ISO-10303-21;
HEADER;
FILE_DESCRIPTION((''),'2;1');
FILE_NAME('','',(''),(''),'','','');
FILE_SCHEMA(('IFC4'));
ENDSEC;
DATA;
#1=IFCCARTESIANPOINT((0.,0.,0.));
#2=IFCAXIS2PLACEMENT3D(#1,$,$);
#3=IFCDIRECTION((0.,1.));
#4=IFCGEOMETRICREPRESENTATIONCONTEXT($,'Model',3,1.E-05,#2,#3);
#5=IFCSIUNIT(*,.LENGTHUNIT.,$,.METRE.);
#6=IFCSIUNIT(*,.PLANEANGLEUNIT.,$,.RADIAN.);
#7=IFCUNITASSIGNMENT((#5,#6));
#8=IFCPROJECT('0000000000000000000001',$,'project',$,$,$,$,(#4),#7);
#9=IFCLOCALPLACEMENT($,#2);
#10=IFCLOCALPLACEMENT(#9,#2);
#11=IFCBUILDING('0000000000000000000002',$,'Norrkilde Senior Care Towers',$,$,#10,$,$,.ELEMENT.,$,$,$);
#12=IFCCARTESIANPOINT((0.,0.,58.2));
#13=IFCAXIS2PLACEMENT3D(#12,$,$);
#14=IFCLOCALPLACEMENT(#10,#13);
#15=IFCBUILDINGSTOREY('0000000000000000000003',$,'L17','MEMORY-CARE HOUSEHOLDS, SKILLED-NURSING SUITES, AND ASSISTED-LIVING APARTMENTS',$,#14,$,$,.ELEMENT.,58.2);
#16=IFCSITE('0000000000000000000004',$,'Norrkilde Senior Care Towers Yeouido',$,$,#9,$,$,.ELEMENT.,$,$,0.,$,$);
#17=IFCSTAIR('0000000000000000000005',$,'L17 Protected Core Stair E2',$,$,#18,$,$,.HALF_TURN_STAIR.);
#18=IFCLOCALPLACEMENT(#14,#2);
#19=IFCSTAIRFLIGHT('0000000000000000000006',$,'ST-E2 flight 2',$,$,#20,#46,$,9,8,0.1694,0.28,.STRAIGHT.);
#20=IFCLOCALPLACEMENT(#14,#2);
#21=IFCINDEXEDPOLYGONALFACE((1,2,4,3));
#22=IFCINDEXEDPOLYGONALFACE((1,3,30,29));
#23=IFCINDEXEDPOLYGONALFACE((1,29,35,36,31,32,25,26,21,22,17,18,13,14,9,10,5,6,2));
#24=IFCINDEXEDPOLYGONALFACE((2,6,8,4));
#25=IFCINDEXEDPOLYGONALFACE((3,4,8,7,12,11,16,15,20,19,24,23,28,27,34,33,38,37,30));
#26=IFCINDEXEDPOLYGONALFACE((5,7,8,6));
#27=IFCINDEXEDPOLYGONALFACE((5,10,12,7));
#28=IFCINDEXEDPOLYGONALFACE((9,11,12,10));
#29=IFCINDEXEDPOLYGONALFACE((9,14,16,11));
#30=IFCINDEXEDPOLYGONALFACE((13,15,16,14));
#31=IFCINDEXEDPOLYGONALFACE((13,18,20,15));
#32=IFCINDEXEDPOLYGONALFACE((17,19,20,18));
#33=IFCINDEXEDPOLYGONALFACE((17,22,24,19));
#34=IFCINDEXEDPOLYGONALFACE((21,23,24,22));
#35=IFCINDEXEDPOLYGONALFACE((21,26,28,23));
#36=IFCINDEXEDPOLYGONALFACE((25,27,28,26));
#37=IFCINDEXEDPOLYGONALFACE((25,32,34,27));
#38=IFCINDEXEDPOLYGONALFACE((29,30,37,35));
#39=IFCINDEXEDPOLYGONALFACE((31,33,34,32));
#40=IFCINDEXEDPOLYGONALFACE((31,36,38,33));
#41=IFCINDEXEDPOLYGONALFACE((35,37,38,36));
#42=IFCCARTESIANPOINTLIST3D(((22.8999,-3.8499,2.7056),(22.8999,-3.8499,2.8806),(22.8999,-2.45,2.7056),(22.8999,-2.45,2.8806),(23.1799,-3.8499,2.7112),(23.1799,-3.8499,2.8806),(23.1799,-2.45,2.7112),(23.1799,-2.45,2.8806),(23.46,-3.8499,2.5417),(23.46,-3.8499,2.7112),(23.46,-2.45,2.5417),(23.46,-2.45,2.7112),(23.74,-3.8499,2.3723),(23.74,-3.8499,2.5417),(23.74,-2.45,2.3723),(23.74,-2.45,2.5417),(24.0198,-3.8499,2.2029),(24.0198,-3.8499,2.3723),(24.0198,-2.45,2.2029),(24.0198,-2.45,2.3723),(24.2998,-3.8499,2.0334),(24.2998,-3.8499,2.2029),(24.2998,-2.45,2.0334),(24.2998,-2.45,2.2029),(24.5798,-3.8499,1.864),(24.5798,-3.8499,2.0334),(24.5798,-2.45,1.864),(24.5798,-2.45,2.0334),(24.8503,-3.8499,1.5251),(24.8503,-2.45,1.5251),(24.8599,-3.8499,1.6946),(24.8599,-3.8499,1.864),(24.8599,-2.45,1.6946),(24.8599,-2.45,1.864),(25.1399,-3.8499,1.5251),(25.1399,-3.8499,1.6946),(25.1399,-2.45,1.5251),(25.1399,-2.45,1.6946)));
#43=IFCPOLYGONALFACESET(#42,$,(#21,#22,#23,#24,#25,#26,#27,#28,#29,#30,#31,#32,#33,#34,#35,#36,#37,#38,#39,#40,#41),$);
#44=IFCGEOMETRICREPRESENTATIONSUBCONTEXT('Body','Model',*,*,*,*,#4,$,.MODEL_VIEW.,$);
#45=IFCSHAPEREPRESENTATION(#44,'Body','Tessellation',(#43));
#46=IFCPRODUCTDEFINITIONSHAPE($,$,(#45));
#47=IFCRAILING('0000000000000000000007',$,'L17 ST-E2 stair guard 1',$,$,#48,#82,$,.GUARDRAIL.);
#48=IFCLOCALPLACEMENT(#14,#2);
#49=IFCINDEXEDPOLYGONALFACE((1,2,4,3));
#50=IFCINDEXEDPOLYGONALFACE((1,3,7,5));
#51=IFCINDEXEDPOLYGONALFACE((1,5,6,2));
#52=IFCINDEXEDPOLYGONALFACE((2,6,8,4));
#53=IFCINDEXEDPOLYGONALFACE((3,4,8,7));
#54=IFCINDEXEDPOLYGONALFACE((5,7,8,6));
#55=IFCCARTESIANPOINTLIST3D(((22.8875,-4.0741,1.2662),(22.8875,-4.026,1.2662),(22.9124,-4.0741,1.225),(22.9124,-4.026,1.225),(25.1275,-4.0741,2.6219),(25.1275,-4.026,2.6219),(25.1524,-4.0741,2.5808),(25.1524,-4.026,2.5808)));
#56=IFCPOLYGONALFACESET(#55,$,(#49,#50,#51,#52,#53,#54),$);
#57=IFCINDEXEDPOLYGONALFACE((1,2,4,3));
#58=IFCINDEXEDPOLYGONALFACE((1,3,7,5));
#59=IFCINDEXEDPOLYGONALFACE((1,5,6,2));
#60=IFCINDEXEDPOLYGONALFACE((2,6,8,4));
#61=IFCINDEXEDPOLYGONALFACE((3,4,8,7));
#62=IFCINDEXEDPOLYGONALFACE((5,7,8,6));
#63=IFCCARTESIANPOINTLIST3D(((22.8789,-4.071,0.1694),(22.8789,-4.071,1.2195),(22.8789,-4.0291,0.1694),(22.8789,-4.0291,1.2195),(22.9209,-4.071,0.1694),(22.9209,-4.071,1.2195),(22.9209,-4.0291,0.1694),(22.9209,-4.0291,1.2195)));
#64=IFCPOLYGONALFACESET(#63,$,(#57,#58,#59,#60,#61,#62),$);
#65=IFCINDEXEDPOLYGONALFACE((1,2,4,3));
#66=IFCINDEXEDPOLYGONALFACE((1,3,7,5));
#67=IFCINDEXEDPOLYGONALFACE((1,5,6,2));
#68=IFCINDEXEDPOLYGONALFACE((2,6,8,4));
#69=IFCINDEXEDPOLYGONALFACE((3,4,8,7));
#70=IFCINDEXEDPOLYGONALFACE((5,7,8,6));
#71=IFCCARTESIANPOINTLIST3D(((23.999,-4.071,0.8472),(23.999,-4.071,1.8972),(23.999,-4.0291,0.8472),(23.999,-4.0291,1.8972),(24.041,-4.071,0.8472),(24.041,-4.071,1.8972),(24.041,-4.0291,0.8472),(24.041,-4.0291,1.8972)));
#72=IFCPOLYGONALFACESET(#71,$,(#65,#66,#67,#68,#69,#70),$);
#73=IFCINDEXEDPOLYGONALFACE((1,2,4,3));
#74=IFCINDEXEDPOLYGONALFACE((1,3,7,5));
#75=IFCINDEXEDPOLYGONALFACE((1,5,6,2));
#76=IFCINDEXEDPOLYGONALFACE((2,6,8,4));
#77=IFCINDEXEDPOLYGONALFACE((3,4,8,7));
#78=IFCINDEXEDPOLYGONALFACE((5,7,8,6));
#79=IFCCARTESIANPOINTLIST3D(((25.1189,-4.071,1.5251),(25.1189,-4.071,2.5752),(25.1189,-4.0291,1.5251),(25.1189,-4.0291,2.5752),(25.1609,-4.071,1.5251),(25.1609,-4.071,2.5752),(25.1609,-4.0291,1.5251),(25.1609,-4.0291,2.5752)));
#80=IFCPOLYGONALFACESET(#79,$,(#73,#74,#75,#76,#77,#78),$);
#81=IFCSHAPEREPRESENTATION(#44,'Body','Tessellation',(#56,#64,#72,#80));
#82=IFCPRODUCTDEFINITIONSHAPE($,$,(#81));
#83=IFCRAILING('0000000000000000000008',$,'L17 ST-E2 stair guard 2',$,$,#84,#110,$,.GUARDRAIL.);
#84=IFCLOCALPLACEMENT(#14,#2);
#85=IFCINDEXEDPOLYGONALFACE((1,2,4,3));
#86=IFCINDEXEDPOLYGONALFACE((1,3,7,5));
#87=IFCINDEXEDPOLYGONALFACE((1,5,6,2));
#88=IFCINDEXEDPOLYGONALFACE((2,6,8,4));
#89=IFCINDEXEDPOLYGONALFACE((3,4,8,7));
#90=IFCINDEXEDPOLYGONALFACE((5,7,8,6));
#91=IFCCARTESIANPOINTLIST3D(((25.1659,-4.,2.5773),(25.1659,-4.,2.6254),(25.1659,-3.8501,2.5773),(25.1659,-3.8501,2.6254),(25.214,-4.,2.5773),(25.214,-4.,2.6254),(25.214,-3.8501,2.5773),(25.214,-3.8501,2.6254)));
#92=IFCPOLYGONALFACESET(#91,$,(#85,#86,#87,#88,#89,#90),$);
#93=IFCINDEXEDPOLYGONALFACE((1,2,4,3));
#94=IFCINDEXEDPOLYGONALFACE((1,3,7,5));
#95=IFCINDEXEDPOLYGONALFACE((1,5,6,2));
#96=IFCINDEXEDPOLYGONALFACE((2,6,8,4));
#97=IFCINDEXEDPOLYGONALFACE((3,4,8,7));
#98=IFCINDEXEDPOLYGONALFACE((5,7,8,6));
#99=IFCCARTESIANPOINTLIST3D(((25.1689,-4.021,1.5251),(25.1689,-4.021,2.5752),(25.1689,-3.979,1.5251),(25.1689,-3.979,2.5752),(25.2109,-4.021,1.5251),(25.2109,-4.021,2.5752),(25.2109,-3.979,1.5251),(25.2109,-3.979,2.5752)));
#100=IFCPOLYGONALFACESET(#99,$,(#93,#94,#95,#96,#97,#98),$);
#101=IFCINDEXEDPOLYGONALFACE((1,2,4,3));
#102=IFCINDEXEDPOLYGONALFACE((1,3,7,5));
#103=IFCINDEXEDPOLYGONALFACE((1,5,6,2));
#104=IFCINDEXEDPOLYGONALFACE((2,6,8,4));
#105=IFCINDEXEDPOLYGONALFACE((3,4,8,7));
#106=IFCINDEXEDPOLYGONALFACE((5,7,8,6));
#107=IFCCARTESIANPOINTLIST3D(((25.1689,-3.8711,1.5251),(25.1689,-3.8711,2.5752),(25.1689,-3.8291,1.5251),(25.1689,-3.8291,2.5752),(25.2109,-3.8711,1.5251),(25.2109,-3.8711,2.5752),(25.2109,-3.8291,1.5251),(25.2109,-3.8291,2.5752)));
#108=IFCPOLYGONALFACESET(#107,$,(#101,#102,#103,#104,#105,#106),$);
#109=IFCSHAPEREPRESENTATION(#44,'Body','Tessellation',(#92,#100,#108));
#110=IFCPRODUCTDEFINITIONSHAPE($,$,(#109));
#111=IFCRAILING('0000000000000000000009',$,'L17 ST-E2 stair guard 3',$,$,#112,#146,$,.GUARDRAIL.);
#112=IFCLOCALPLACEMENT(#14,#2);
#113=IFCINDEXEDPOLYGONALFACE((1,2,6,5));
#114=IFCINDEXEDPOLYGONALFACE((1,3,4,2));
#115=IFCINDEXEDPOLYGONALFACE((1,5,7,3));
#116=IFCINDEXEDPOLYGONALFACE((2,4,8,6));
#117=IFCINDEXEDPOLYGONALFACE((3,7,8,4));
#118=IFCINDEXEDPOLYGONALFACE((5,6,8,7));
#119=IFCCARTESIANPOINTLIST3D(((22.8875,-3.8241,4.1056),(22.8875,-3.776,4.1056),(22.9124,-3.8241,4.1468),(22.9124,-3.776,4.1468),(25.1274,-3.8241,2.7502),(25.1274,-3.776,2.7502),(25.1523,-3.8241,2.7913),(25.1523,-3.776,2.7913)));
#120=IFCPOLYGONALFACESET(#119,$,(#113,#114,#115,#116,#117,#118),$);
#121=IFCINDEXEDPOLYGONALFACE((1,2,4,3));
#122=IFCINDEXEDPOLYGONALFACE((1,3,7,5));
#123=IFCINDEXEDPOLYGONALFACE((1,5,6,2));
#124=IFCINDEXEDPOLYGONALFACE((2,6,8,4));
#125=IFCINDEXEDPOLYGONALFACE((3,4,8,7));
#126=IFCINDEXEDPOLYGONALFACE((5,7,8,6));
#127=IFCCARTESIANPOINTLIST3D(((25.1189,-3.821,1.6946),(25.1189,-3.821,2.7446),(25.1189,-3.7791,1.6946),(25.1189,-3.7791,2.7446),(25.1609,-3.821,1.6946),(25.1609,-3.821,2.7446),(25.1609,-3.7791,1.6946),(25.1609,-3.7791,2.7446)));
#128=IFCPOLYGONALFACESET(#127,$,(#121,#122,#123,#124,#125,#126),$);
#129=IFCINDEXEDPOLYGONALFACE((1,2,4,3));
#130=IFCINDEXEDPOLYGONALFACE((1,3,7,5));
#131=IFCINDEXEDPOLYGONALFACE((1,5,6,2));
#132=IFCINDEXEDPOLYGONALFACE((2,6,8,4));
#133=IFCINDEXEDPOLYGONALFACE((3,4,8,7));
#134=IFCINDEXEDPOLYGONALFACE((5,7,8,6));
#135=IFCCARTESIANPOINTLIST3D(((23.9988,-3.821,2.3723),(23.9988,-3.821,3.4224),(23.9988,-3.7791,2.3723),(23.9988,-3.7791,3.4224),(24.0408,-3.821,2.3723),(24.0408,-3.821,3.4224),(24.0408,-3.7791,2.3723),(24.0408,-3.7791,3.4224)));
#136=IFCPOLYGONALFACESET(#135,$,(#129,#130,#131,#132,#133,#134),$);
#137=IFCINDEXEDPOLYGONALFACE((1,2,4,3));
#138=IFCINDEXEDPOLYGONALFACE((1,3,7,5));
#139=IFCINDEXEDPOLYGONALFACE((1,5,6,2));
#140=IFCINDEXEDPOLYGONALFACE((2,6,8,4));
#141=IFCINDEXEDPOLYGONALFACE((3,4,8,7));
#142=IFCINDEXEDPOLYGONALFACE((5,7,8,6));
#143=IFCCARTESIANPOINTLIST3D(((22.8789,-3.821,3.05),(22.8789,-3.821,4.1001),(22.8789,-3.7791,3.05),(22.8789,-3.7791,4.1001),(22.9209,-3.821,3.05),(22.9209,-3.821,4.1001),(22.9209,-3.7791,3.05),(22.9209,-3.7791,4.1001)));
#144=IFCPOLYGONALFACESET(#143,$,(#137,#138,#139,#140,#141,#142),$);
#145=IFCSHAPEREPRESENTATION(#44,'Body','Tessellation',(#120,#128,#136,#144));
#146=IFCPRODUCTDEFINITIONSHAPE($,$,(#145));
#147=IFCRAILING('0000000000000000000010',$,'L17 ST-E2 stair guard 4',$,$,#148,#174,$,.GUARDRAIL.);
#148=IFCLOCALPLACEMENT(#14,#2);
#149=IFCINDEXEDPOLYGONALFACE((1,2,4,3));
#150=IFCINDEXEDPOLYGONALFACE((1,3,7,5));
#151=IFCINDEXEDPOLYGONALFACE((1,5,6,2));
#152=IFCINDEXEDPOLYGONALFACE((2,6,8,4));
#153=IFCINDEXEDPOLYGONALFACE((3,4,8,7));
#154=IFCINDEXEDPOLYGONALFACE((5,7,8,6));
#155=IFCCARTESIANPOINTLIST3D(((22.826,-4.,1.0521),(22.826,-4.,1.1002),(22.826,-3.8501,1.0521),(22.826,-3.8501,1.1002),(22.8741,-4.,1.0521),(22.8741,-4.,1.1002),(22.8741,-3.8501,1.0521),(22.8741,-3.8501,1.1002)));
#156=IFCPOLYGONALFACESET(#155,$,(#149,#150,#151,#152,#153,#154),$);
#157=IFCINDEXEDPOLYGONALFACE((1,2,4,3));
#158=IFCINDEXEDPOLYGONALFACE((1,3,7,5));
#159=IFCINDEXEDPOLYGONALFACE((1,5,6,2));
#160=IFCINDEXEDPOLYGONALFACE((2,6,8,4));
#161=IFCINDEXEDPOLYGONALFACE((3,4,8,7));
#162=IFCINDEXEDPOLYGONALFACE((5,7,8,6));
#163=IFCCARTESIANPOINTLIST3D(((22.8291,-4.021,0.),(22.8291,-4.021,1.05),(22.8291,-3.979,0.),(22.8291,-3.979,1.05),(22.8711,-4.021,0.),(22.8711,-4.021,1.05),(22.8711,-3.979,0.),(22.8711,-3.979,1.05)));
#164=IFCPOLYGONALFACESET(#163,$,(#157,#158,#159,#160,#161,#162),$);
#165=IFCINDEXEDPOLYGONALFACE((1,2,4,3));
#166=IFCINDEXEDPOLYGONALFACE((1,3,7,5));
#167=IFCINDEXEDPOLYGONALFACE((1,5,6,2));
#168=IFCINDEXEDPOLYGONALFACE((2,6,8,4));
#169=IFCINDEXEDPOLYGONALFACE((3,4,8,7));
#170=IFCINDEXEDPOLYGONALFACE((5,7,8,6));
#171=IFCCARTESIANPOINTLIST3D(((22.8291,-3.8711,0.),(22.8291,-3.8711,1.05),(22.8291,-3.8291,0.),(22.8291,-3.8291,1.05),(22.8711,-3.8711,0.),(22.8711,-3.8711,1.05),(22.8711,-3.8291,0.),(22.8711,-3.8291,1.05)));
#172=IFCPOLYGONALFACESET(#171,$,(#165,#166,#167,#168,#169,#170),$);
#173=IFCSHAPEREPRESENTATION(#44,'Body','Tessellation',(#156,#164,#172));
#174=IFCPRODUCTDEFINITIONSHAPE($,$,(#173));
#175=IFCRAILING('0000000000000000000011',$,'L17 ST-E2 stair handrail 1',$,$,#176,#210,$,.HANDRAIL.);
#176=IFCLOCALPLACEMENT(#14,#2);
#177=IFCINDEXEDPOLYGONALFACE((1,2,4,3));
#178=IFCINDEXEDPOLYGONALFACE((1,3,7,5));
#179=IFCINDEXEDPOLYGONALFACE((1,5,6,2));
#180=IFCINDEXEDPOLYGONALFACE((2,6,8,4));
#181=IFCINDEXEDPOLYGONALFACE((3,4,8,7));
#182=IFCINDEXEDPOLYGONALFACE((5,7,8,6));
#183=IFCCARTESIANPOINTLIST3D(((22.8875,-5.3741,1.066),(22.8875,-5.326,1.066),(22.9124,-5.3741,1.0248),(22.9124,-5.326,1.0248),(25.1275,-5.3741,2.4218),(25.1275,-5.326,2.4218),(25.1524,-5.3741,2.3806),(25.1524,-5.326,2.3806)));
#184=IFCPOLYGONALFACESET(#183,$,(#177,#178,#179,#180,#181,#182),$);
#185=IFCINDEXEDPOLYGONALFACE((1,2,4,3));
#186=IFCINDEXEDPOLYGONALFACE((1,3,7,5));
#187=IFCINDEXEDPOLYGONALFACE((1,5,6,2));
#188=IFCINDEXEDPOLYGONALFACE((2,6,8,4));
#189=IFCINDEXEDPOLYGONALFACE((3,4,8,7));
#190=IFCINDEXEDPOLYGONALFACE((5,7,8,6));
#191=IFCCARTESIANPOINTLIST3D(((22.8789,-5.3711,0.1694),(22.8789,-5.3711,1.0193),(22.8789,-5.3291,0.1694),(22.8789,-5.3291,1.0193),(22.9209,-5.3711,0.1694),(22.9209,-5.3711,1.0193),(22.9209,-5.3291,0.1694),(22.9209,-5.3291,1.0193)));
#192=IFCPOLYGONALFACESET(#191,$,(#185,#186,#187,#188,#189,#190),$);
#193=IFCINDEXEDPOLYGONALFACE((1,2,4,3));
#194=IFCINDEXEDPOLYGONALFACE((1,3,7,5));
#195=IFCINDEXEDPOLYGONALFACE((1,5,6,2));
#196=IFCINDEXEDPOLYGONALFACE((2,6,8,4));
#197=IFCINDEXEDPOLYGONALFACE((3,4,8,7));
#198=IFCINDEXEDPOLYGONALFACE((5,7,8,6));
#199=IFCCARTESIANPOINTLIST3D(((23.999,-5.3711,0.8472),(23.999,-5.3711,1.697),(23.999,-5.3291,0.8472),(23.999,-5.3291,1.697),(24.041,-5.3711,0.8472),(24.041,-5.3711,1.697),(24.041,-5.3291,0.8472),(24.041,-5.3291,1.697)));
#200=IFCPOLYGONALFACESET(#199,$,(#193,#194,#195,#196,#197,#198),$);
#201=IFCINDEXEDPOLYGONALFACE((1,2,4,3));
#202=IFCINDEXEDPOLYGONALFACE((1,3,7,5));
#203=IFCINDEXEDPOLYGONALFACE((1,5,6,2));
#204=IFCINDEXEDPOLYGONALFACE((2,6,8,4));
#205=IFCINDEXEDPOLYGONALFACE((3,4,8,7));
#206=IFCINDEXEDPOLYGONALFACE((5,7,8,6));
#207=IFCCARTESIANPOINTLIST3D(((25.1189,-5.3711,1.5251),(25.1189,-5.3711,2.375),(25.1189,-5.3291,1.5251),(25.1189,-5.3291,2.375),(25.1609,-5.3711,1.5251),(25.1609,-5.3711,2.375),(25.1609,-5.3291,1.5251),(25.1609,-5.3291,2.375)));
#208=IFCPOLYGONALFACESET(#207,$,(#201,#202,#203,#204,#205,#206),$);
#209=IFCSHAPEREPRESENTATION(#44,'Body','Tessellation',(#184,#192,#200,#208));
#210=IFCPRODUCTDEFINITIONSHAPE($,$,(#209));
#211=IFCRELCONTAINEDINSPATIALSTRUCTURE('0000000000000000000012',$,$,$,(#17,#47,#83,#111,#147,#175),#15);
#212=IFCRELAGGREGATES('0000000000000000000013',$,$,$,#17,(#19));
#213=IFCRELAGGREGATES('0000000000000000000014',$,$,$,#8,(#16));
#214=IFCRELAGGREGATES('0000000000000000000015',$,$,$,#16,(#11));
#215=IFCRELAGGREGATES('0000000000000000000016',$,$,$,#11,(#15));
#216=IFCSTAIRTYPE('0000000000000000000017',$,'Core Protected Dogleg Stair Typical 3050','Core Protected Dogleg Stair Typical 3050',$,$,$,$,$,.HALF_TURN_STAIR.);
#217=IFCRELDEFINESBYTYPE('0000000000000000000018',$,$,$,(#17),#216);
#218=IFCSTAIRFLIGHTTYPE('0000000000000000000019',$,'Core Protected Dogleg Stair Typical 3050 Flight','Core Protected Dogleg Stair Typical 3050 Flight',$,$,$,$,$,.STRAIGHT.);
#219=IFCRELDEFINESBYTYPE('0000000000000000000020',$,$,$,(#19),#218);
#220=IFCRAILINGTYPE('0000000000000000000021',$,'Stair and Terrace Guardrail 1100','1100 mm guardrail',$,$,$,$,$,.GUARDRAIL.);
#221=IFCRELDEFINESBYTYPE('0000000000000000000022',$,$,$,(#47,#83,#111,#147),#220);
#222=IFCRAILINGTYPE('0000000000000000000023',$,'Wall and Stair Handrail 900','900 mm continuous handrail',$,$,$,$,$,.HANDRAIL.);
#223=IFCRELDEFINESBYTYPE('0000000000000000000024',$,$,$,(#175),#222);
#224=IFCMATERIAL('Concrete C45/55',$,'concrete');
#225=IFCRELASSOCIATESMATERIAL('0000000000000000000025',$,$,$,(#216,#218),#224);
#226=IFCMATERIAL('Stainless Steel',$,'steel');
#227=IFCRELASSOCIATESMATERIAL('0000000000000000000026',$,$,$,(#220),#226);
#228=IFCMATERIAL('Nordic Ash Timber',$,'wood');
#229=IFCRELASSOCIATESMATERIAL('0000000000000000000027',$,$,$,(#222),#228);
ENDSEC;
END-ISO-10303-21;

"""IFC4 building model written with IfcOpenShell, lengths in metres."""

from ifc_helpers import new_model, si_unit, direction, frame, origin, origin_2d, place, context, subcontext, project, spatial, polyline, rectangle, outline, extrude, material, type_object, element, aggregate, save


model = new_model("IFC4")

# Units and contexts
model_context = context("Model", 3, precision=1e-05, world=origin(), true_north=direction((0.0, 1.0)))
body_context = subcontext(model_context, "Body", "Model", "MODEL_VIEW")
ifc_project = project(units=[si_unit("LENGTHUNIT", "METRE"), si_unit("PLANEANGLEUNIT", "RADIAN")], contexts=[model_context])

# Site, building, storey
site_placement = place(None, origin())
site = spatial("IfcSite", under=ifc_project, at=site_placement, Name="Norrkilde Senior Care Towers Yeouido", CompositionType="ELEMENT", RefElevation=0.0)
building_placement = place(site_placement, origin())
building = spatial("IfcBuilding", under=site, at=building_placement, Name="Norrkilde Senior Care Towers", CompositionType="ELEMENT")
storey_placement = place(building_placement, frame((0.0, 0.0, 58.2)))
storey = spatial("IfcBuildingStorey", under=building, at=storey_placement, Name="L17", Description="MEMORY-CARE HOUSEHOLDS, SKILLED-NURSING SUITES, AND ASSISTED-LIVING APARTMENTS", CompositionType="ELEMENT", Elevation=58.2)

# Shared definitions
ifc_material_1 = material(Name="Concrete C45/55", Category="concrete")

# Shared definitions
ifc_material_2 = material(Name="Stainless Steel", Category="steel")

# Shared definitions
ifc_material_3 = material(Name="Nordic Ash Timber", Category="wood")

# Stair, stair flight
stair_type = type_object("IfcStairType", Name="Core Protected Dogleg Stair Typical 3050", Description="Core Protected Dogleg Stair Typical 3050", PredefinedType="HALF_TURN_STAIR", material=ifc_material_1)
stair_placement = place(storey_placement, origin())
stair = element("IfcStair", 1, at=stair_placement, inside=storey, type_object=stair_type, Name="L17 Protected Core Stair E2", PredefinedType="HALF_TURN_STAIR")
stair_flight_type = type_object("IfcStairFlightType", Name="Core Protected Dogleg Stair Typical 3050 Flight", Description="Core Protected Dogleg Stair Typical 3050 Flight", PredefinedType="STRAIGHT", material=ifc_material_1)
stair_flight_1_placement = place(storey_placement, frame((25.1399, -3.1499, 1.5251), z_axis=(0.0, 0.0, 1.0), x_axis=(-1.0, 0.0, 0.0)))
stair_flight_1 = element("IfcStairFlight", 2, at=stair_flight_1_placement, type_object=stair_flight_type, Name="ST-E2 flight 2", NumberOfRisers=9, NumberOfTreads=8, PredefinedType="STRAIGHT", RiserHeight=0.1694, TreadLength=0.28, context=body_context, shape_type="SweptSolid", body=[
    extrude(outline(polyline([(0.0, 0.0), (0.0, 0.1694), (0.28, 0.1694), (0.28, 0.3389), (0.5601, 0.3389), (0.5601, 0.5083), (0.8401, 0.5083), (0.8401, 0.6777), (1.1201, 0.6777), (1.1201, 0.8472), (1.3999, 0.8472), (1.3999, 1.0166), (1.6799, 1.0166), (1.6799, 1.186), (1.96, 1.186), (1.96, 1.3555), (2.24, 1.3555), (2.24, 1.5249), (2.24, 1.1804), (0.2896, 0.0), (0.0, 0.0)])), frame((0.0, 0.7, 0.0), z_axis=(0.0, -1.0, 0.0), x_axis=(1.0, 0.0, 0.0)), (0.0, 0.0, 1.0), 1.3999),
])
aggregate(stair, [stair_flight_1])

# Railings
railing_type_1 = type_object("IfcRailingType", Name="Stair and Terrace Guardrail 1100", Description="1100 mm guardrail", PredefinedType="GUARDRAIL", material=ifc_material_2)
railing_1_placement = place(storey_placement, frame((22.8999, -4.05, 0.1694)))
element("IfcRailing", 3, at=railing_1_placement, inside=storey, type_object=railing_type_1, Name="L17 ST-E2 stair guard 1", PredefinedType="GUARDRAIL", context=body_context, shape_type="SweptSolid", body=[
    extrude(rectangle(XDim=0.0481, YDim=0.0481, at=origin_2d()), frame((0.0, 0.0, 1.0762), z_axis=(0.855512, 0.0, 0.517783), x_axis=(0.0, 1.0, 0.0)), (0.0, 0.0, 1.0), 2.6184),
    extrude(rectangle(XDim=0.042, YDim=0.042, at=origin_2d()), origin(), (0.0, 0.0, 1.0), 1.05),
    extrude(rectangle(XDim=0.042, YDim=0.042, at=origin_2d()), frame((1.1201, 0.0, 0.6777)), (0.0, 0.0, 1.0), 1.05),
    extrude(rectangle(XDim=0.042, YDim=0.042, at=origin_2d()), frame((2.24, 0.0, 1.3557)), (0.0, 0.0, 1.0), 1.05),
])
railing_2_placement = place(storey_placement, frame((25.1899, -4.0, 1.5251)))
element("IfcRailing", 4, at=railing_2_placement, inside=storey, type_object=railing_type_1, Name="L17 ST-E2 stair guard 2", PredefinedType="GUARDRAIL", context=body_context, shape_type="SweptSolid", body=[
    extrude(rectangle(XDim=0.0481, YDim=0.0481, at=origin_2d()), frame((0.0, 0.0, 1.0762), z_axis=(0.0, 1.0, 0.0), x_axis=(-1.0, 0.0, 0.0)), (0.0, 0.0, 1.0), 0.1499),
    extrude(rectangle(XDim=0.042, YDim=0.042, at=origin_2d()), origin(), (0.0, 0.0, 1.0), 1.05),
    extrude(rectangle(XDim=0.042, YDim=0.042, at=origin_2d()), frame((0.0, 0.1499, 0.0)), (0.0, 0.0, 1.0), 1.05),
])
railing_3_placement = place(storey_placement, frame((25.1399, -3.8, 1.6946)))
element("IfcRailing", 5, at=railing_3_placement, inside=storey, type_object=railing_type_1, Name="L17 ST-E2 stair guard 3", PredefinedType="GUARDRAIL", context=body_context, shape_type="SweptSolid", body=[
    extrude(rectangle(XDim=0.0481, YDim=0.0481, at=origin_2d()), frame((0.0, 0.0, 1.0762), z_axis=(-0.855553, 0.0, 0.517715), x_axis=(0.0, -1.0, 0.0)), (0.0, 0.0, 1.0), 2.6182),
    extrude(rectangle(XDim=0.042, YDim=0.042, at=origin_2d()), origin(), (0.0, 0.0, 1.0), 1.05),
    extrude(rectangle(XDim=0.042, YDim=0.042, at=origin_2d()), frame((-1.1201, 0.0, 0.6777)), (0.0, 0.0, 1.0), 1.05),
    extrude(rectangle(XDim=0.042, YDim=0.042, at=origin_2d()), frame((-2.24, 0.0, 1.3555)), (0.0, 0.0, 1.0), 1.05),
])
railing_4_placement = place(storey_placement, frame((22.8501, -4.0, 0.0)))
element("IfcRailing", 6, at=railing_4_placement, inside=storey, type_object=railing_type_1, Name="L17 ST-E2 stair guard 4", PredefinedType="GUARDRAIL", context=body_context, shape_type="SweptSolid", body=[
    extrude(rectangle(XDim=0.0481, YDim=0.0481, at=origin_2d()), frame((0.0, 0.0, 1.0762), z_axis=(0.0, 1.0, 0.0), x_axis=(-1.0, 0.0, 0.0)), (0.0, 0.0, 1.0), 0.1499),
    extrude(rectangle(XDim=0.042, YDim=0.042, at=origin_2d()), origin(), (0.0, 0.0, 1.0), 1.05),
    extrude(rectangle(XDim=0.042, YDim=0.042, at=origin_2d()), frame((0.0, 0.1499, 0.0)), (0.0, 0.0, 1.0), 1.05),
])
railing_type_2 = type_object("IfcRailingType", Name="Wall and Stair Handrail 900", Description="900 mm continuous handrail", PredefinedType="HANDRAIL", material=ifc_material_3)
railing_5_placement = place(storey_placement, frame((22.8999, -5.3501, 0.1694)))
element("IfcRailing", 7, at=railing_5_placement, inside=storey, type_object=railing_type_2, Name="L17 ST-E2 stair handrail 1", PredefinedType="HANDRAIL", context=body_context, shape_type="SweptSolid", body=[
    extrude(rectangle(XDim=0.0481, YDim=0.0481, at=origin_2d()), frame((0.0, 0.0, 0.876), z_axis=(0.855512, 0.0, 0.517783), x_axis=(0.0, 1.0, 0.0)), (0.0, 0.0, 1.0), 2.6184),
    extrude(rectangle(XDim=0.042, YDim=0.042, at=origin_2d()), origin(), (0.0, 0.0, 1.0), 0.8499),
    extrude(rectangle(XDim=0.042, YDim=0.042, at=origin_2d()), frame((1.1201, 0.0, 0.6777)), (0.0, 0.0, 1.0), 0.8499),
    extrude(rectangle(XDim=0.042, YDim=0.042, at=origin_2d()), frame((2.24, 0.0, 1.3557)), (0.0, 0.0, 1.0), 0.8499),
])

save(model, "model.ifc")
